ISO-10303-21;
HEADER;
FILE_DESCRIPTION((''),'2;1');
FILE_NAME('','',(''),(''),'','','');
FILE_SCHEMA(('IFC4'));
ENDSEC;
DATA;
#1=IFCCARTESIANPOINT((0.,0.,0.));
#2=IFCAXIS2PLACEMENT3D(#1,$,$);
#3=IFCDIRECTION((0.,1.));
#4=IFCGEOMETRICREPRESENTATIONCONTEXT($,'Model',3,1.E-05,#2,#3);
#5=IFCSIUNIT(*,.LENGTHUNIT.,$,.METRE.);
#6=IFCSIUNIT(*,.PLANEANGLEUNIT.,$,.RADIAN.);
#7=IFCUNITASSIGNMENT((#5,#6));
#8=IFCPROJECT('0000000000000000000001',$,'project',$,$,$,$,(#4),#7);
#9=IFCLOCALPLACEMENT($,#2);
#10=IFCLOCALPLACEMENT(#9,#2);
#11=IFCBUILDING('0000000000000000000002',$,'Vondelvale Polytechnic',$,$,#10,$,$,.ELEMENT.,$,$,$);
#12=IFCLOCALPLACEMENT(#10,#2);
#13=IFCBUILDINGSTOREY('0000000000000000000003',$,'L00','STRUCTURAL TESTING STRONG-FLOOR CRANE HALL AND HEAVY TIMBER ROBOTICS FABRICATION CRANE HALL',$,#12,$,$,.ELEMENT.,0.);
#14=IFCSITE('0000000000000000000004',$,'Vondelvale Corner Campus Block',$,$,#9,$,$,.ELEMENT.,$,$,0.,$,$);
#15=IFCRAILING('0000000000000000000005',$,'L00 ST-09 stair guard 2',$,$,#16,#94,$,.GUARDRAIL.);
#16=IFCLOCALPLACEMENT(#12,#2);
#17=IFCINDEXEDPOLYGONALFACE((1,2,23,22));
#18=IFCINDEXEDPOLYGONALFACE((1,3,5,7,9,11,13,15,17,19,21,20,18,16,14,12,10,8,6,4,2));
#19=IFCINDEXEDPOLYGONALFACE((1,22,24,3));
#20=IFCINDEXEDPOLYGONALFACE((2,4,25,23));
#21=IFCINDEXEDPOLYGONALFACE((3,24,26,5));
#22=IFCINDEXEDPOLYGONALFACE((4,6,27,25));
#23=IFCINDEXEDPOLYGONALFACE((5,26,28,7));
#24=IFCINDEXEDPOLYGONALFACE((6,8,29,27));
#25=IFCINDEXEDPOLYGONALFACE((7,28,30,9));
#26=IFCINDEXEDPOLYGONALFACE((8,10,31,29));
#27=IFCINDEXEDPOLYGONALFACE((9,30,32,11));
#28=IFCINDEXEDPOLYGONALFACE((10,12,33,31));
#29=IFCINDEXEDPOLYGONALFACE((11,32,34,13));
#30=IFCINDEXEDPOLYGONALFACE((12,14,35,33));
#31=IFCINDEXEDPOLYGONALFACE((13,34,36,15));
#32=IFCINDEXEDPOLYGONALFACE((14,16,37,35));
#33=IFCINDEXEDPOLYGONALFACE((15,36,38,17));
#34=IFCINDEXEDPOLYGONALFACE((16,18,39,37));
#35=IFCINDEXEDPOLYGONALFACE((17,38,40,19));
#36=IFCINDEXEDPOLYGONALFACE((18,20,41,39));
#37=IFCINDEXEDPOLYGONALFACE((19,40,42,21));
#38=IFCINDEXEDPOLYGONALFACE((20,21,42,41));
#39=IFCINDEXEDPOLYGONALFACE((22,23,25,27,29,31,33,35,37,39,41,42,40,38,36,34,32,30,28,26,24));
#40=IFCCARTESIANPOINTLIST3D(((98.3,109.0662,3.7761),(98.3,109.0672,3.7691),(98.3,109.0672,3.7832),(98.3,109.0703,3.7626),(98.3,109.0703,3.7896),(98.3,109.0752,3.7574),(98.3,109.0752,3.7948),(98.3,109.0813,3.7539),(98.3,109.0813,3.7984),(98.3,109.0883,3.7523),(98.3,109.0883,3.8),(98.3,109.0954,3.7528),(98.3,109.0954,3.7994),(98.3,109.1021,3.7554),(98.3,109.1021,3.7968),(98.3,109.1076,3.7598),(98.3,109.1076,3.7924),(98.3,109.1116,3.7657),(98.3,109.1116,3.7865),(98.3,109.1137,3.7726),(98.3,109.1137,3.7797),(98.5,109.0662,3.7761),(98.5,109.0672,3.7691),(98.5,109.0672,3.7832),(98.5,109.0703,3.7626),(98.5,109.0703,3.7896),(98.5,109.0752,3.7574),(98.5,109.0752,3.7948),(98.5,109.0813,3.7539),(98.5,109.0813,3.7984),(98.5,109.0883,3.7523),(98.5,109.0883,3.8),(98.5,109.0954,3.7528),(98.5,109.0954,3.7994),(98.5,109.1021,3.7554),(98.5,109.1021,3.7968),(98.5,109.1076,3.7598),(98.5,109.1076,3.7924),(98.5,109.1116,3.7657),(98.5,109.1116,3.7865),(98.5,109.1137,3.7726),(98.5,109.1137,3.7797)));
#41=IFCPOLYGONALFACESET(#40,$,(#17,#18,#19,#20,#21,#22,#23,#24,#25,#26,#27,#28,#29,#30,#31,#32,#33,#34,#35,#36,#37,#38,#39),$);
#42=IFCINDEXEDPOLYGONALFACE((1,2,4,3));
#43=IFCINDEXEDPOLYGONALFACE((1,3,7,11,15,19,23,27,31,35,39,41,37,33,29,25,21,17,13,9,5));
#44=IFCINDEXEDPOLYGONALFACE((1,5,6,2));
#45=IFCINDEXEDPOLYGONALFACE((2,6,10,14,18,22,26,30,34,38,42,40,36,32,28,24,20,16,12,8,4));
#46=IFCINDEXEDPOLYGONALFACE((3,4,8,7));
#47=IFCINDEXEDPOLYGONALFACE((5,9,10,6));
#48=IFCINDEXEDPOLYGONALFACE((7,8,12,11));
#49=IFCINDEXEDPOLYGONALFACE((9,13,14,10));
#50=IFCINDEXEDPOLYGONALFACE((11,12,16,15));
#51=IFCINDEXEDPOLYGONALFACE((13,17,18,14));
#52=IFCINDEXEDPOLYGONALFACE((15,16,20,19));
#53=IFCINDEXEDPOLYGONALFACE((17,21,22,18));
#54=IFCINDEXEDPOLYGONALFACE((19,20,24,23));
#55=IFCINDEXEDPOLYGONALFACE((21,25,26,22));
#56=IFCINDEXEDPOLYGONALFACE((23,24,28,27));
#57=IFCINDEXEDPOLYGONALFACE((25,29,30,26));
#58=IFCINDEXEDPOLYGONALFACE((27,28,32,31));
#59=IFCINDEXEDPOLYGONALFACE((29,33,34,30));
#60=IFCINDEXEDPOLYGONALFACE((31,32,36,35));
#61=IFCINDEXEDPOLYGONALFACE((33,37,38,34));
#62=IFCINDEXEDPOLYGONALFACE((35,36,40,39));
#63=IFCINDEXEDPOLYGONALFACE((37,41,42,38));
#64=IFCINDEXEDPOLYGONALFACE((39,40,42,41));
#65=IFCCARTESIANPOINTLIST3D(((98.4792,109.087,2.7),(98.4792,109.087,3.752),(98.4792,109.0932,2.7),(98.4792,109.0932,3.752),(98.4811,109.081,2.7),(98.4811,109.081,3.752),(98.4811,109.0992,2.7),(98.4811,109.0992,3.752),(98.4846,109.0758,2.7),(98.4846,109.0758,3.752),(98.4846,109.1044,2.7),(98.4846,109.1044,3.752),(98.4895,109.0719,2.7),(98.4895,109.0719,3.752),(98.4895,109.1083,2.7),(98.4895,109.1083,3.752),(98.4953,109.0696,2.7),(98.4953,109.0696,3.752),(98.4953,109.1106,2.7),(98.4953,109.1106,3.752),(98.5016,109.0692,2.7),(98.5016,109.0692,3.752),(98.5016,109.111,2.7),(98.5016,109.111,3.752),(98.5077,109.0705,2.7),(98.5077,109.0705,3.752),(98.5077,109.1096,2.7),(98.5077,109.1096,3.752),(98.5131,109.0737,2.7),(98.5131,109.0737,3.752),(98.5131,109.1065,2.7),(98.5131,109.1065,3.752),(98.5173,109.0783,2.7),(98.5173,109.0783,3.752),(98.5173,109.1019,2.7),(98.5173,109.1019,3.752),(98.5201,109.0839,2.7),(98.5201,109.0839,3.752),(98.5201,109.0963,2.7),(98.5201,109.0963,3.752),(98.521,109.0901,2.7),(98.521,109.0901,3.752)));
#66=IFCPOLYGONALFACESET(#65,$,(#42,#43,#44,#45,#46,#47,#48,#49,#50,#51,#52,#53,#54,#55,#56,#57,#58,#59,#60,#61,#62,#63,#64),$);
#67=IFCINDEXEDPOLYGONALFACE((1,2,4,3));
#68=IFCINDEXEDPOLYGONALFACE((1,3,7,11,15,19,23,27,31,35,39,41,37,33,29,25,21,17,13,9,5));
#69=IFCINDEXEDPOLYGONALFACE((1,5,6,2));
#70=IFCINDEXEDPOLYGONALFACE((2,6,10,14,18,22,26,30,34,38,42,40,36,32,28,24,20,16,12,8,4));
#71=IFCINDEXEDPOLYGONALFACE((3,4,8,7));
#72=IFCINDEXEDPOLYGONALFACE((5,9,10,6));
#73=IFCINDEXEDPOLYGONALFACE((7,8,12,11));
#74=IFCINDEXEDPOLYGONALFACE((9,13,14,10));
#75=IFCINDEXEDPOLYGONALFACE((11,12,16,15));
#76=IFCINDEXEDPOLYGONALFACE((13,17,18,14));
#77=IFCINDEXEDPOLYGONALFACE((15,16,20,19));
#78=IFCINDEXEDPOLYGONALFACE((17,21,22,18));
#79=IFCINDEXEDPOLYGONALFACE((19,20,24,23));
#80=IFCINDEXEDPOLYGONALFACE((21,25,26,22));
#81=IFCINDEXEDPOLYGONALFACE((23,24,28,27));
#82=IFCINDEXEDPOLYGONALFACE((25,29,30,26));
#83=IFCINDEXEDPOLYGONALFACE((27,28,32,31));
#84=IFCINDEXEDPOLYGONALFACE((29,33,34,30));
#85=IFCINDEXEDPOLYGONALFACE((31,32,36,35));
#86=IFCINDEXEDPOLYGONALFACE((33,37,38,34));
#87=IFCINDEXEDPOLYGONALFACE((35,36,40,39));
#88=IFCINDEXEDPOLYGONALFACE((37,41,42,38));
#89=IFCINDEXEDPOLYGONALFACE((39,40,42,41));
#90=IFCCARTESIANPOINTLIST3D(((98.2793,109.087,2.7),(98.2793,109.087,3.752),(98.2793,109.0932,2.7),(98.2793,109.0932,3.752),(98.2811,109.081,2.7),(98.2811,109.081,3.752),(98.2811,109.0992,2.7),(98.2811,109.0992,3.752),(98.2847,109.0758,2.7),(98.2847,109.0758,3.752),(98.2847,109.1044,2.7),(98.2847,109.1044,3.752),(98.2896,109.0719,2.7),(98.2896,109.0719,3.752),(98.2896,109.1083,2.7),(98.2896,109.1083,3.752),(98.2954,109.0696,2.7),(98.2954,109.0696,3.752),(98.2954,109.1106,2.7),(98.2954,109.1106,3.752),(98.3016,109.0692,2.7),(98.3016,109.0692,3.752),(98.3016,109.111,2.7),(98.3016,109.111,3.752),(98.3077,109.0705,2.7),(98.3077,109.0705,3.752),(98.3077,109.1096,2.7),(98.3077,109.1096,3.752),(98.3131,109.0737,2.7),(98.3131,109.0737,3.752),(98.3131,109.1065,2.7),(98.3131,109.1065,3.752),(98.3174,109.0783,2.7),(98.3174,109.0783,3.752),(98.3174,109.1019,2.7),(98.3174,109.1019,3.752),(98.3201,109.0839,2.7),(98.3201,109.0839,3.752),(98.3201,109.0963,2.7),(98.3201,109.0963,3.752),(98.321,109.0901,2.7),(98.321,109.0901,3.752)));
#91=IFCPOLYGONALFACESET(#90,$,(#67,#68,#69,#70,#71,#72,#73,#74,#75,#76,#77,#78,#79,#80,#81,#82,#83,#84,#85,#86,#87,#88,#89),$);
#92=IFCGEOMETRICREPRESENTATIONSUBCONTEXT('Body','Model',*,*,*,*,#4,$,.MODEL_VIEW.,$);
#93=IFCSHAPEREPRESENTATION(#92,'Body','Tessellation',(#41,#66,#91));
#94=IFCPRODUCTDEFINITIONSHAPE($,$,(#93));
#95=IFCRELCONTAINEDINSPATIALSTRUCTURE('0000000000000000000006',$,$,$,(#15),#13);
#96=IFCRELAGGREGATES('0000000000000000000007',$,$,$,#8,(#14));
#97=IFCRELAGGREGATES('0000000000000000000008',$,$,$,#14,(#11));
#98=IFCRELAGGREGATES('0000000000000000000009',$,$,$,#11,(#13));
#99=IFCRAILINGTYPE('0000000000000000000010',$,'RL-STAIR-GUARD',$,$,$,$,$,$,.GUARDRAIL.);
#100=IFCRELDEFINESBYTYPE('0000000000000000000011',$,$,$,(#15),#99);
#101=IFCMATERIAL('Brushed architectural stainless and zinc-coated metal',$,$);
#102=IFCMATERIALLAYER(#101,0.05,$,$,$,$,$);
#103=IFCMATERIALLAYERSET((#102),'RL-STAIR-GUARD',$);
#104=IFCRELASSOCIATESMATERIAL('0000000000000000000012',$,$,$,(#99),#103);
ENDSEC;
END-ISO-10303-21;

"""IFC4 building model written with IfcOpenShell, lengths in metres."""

from ifc_helpers import new_model, si_unit, direction, frame, origin, origin_2d, place, context, subcontext, project, spatial, circle, extrude, material, layer, layer_set, type_object, element, save


model = new_model("IFC4")

# Units and contexts
model_context = context("Model", 3, precision=1e-05, world=origin(), true_north=direction((0.0, 1.0)))
body_context = subcontext(model_context, "Body", "Model", "MODEL_VIEW")
ifc_project = project(units=[si_unit("LENGTHUNIT", "METRE"), si_unit("PLANEANGLEUNIT", "RADIAN")], contexts=[model_context])

# Site, building, storey
site_placement = place(None, origin())
site = spatial("IfcSite", under=ifc_project, at=site_placement, Name="Vondelvale Corner Campus Block", CompositionType="ELEMENT", RefElevation=0.0)
building_placement = place(site_placement, origin())
building = spatial("IfcBuilding", under=site, at=building_placement, Name="Vondelvale Polytechnic", CompositionType="ELEMENT")
storey_placement = place(building_placement, origin())
storey = spatial("IfcBuildingStorey", under=building, at=storey_placement, Name="L00", Description="STRUCTURAL TESTING STRONG-FLOOR CRANE HALL AND HEAVY TIMBER ROBOTICS FABRICATION CRANE HALL", CompositionType="ELEMENT", Elevation=0.0)

# Railing
ifc_material_1 = material(Name="Brushed architectural stainless and zinc-coated metal")
ifc_layer_1 = layer(ifc_material_1, 0.05)
ifc_layer_set_1 = layer_set([ifc_layer_1], Name="RL-STAIR-GUARD")
railing_type_1 = type_object("IfcRailingType", Name="RL-STAIR-GUARD", PredefinedType="GUARDRAIL", material=ifc_layer_set_1)
railing_1_placement = place(storey_placement, frame((98.5, 109.0901, 2.7)))
element("IfcRailing", 1, at=railing_1_placement, inside=storey, type_object=railing_type_1, Name="L00 ST-09 stair guard 2", PredefinedType="GUARDRAIL", context=body_context, shape_type="SweptSolid", body=[
    extrude(circle(Radius=0.0239, at=origin_2d()), frame((0.0, 0.0, 1.0762), z_axis=(-1.0, 0.0, 0.0), x_axis=(0.0, -1.0, 0.0)), (0.0, 0.0, 1.0), 0.2),
    extrude(circle(Radius=0.021, at=origin_2d()), origin(), (0.0, 0.0, 1.0), 1.052),
    extrude(circle(Radius=0.021, at=origin_2d()), frame((-0.2, 0.0, 0.0)), (0.0, 0.0, 1.0), 1.052),
])

save(model, "model.ifc")
